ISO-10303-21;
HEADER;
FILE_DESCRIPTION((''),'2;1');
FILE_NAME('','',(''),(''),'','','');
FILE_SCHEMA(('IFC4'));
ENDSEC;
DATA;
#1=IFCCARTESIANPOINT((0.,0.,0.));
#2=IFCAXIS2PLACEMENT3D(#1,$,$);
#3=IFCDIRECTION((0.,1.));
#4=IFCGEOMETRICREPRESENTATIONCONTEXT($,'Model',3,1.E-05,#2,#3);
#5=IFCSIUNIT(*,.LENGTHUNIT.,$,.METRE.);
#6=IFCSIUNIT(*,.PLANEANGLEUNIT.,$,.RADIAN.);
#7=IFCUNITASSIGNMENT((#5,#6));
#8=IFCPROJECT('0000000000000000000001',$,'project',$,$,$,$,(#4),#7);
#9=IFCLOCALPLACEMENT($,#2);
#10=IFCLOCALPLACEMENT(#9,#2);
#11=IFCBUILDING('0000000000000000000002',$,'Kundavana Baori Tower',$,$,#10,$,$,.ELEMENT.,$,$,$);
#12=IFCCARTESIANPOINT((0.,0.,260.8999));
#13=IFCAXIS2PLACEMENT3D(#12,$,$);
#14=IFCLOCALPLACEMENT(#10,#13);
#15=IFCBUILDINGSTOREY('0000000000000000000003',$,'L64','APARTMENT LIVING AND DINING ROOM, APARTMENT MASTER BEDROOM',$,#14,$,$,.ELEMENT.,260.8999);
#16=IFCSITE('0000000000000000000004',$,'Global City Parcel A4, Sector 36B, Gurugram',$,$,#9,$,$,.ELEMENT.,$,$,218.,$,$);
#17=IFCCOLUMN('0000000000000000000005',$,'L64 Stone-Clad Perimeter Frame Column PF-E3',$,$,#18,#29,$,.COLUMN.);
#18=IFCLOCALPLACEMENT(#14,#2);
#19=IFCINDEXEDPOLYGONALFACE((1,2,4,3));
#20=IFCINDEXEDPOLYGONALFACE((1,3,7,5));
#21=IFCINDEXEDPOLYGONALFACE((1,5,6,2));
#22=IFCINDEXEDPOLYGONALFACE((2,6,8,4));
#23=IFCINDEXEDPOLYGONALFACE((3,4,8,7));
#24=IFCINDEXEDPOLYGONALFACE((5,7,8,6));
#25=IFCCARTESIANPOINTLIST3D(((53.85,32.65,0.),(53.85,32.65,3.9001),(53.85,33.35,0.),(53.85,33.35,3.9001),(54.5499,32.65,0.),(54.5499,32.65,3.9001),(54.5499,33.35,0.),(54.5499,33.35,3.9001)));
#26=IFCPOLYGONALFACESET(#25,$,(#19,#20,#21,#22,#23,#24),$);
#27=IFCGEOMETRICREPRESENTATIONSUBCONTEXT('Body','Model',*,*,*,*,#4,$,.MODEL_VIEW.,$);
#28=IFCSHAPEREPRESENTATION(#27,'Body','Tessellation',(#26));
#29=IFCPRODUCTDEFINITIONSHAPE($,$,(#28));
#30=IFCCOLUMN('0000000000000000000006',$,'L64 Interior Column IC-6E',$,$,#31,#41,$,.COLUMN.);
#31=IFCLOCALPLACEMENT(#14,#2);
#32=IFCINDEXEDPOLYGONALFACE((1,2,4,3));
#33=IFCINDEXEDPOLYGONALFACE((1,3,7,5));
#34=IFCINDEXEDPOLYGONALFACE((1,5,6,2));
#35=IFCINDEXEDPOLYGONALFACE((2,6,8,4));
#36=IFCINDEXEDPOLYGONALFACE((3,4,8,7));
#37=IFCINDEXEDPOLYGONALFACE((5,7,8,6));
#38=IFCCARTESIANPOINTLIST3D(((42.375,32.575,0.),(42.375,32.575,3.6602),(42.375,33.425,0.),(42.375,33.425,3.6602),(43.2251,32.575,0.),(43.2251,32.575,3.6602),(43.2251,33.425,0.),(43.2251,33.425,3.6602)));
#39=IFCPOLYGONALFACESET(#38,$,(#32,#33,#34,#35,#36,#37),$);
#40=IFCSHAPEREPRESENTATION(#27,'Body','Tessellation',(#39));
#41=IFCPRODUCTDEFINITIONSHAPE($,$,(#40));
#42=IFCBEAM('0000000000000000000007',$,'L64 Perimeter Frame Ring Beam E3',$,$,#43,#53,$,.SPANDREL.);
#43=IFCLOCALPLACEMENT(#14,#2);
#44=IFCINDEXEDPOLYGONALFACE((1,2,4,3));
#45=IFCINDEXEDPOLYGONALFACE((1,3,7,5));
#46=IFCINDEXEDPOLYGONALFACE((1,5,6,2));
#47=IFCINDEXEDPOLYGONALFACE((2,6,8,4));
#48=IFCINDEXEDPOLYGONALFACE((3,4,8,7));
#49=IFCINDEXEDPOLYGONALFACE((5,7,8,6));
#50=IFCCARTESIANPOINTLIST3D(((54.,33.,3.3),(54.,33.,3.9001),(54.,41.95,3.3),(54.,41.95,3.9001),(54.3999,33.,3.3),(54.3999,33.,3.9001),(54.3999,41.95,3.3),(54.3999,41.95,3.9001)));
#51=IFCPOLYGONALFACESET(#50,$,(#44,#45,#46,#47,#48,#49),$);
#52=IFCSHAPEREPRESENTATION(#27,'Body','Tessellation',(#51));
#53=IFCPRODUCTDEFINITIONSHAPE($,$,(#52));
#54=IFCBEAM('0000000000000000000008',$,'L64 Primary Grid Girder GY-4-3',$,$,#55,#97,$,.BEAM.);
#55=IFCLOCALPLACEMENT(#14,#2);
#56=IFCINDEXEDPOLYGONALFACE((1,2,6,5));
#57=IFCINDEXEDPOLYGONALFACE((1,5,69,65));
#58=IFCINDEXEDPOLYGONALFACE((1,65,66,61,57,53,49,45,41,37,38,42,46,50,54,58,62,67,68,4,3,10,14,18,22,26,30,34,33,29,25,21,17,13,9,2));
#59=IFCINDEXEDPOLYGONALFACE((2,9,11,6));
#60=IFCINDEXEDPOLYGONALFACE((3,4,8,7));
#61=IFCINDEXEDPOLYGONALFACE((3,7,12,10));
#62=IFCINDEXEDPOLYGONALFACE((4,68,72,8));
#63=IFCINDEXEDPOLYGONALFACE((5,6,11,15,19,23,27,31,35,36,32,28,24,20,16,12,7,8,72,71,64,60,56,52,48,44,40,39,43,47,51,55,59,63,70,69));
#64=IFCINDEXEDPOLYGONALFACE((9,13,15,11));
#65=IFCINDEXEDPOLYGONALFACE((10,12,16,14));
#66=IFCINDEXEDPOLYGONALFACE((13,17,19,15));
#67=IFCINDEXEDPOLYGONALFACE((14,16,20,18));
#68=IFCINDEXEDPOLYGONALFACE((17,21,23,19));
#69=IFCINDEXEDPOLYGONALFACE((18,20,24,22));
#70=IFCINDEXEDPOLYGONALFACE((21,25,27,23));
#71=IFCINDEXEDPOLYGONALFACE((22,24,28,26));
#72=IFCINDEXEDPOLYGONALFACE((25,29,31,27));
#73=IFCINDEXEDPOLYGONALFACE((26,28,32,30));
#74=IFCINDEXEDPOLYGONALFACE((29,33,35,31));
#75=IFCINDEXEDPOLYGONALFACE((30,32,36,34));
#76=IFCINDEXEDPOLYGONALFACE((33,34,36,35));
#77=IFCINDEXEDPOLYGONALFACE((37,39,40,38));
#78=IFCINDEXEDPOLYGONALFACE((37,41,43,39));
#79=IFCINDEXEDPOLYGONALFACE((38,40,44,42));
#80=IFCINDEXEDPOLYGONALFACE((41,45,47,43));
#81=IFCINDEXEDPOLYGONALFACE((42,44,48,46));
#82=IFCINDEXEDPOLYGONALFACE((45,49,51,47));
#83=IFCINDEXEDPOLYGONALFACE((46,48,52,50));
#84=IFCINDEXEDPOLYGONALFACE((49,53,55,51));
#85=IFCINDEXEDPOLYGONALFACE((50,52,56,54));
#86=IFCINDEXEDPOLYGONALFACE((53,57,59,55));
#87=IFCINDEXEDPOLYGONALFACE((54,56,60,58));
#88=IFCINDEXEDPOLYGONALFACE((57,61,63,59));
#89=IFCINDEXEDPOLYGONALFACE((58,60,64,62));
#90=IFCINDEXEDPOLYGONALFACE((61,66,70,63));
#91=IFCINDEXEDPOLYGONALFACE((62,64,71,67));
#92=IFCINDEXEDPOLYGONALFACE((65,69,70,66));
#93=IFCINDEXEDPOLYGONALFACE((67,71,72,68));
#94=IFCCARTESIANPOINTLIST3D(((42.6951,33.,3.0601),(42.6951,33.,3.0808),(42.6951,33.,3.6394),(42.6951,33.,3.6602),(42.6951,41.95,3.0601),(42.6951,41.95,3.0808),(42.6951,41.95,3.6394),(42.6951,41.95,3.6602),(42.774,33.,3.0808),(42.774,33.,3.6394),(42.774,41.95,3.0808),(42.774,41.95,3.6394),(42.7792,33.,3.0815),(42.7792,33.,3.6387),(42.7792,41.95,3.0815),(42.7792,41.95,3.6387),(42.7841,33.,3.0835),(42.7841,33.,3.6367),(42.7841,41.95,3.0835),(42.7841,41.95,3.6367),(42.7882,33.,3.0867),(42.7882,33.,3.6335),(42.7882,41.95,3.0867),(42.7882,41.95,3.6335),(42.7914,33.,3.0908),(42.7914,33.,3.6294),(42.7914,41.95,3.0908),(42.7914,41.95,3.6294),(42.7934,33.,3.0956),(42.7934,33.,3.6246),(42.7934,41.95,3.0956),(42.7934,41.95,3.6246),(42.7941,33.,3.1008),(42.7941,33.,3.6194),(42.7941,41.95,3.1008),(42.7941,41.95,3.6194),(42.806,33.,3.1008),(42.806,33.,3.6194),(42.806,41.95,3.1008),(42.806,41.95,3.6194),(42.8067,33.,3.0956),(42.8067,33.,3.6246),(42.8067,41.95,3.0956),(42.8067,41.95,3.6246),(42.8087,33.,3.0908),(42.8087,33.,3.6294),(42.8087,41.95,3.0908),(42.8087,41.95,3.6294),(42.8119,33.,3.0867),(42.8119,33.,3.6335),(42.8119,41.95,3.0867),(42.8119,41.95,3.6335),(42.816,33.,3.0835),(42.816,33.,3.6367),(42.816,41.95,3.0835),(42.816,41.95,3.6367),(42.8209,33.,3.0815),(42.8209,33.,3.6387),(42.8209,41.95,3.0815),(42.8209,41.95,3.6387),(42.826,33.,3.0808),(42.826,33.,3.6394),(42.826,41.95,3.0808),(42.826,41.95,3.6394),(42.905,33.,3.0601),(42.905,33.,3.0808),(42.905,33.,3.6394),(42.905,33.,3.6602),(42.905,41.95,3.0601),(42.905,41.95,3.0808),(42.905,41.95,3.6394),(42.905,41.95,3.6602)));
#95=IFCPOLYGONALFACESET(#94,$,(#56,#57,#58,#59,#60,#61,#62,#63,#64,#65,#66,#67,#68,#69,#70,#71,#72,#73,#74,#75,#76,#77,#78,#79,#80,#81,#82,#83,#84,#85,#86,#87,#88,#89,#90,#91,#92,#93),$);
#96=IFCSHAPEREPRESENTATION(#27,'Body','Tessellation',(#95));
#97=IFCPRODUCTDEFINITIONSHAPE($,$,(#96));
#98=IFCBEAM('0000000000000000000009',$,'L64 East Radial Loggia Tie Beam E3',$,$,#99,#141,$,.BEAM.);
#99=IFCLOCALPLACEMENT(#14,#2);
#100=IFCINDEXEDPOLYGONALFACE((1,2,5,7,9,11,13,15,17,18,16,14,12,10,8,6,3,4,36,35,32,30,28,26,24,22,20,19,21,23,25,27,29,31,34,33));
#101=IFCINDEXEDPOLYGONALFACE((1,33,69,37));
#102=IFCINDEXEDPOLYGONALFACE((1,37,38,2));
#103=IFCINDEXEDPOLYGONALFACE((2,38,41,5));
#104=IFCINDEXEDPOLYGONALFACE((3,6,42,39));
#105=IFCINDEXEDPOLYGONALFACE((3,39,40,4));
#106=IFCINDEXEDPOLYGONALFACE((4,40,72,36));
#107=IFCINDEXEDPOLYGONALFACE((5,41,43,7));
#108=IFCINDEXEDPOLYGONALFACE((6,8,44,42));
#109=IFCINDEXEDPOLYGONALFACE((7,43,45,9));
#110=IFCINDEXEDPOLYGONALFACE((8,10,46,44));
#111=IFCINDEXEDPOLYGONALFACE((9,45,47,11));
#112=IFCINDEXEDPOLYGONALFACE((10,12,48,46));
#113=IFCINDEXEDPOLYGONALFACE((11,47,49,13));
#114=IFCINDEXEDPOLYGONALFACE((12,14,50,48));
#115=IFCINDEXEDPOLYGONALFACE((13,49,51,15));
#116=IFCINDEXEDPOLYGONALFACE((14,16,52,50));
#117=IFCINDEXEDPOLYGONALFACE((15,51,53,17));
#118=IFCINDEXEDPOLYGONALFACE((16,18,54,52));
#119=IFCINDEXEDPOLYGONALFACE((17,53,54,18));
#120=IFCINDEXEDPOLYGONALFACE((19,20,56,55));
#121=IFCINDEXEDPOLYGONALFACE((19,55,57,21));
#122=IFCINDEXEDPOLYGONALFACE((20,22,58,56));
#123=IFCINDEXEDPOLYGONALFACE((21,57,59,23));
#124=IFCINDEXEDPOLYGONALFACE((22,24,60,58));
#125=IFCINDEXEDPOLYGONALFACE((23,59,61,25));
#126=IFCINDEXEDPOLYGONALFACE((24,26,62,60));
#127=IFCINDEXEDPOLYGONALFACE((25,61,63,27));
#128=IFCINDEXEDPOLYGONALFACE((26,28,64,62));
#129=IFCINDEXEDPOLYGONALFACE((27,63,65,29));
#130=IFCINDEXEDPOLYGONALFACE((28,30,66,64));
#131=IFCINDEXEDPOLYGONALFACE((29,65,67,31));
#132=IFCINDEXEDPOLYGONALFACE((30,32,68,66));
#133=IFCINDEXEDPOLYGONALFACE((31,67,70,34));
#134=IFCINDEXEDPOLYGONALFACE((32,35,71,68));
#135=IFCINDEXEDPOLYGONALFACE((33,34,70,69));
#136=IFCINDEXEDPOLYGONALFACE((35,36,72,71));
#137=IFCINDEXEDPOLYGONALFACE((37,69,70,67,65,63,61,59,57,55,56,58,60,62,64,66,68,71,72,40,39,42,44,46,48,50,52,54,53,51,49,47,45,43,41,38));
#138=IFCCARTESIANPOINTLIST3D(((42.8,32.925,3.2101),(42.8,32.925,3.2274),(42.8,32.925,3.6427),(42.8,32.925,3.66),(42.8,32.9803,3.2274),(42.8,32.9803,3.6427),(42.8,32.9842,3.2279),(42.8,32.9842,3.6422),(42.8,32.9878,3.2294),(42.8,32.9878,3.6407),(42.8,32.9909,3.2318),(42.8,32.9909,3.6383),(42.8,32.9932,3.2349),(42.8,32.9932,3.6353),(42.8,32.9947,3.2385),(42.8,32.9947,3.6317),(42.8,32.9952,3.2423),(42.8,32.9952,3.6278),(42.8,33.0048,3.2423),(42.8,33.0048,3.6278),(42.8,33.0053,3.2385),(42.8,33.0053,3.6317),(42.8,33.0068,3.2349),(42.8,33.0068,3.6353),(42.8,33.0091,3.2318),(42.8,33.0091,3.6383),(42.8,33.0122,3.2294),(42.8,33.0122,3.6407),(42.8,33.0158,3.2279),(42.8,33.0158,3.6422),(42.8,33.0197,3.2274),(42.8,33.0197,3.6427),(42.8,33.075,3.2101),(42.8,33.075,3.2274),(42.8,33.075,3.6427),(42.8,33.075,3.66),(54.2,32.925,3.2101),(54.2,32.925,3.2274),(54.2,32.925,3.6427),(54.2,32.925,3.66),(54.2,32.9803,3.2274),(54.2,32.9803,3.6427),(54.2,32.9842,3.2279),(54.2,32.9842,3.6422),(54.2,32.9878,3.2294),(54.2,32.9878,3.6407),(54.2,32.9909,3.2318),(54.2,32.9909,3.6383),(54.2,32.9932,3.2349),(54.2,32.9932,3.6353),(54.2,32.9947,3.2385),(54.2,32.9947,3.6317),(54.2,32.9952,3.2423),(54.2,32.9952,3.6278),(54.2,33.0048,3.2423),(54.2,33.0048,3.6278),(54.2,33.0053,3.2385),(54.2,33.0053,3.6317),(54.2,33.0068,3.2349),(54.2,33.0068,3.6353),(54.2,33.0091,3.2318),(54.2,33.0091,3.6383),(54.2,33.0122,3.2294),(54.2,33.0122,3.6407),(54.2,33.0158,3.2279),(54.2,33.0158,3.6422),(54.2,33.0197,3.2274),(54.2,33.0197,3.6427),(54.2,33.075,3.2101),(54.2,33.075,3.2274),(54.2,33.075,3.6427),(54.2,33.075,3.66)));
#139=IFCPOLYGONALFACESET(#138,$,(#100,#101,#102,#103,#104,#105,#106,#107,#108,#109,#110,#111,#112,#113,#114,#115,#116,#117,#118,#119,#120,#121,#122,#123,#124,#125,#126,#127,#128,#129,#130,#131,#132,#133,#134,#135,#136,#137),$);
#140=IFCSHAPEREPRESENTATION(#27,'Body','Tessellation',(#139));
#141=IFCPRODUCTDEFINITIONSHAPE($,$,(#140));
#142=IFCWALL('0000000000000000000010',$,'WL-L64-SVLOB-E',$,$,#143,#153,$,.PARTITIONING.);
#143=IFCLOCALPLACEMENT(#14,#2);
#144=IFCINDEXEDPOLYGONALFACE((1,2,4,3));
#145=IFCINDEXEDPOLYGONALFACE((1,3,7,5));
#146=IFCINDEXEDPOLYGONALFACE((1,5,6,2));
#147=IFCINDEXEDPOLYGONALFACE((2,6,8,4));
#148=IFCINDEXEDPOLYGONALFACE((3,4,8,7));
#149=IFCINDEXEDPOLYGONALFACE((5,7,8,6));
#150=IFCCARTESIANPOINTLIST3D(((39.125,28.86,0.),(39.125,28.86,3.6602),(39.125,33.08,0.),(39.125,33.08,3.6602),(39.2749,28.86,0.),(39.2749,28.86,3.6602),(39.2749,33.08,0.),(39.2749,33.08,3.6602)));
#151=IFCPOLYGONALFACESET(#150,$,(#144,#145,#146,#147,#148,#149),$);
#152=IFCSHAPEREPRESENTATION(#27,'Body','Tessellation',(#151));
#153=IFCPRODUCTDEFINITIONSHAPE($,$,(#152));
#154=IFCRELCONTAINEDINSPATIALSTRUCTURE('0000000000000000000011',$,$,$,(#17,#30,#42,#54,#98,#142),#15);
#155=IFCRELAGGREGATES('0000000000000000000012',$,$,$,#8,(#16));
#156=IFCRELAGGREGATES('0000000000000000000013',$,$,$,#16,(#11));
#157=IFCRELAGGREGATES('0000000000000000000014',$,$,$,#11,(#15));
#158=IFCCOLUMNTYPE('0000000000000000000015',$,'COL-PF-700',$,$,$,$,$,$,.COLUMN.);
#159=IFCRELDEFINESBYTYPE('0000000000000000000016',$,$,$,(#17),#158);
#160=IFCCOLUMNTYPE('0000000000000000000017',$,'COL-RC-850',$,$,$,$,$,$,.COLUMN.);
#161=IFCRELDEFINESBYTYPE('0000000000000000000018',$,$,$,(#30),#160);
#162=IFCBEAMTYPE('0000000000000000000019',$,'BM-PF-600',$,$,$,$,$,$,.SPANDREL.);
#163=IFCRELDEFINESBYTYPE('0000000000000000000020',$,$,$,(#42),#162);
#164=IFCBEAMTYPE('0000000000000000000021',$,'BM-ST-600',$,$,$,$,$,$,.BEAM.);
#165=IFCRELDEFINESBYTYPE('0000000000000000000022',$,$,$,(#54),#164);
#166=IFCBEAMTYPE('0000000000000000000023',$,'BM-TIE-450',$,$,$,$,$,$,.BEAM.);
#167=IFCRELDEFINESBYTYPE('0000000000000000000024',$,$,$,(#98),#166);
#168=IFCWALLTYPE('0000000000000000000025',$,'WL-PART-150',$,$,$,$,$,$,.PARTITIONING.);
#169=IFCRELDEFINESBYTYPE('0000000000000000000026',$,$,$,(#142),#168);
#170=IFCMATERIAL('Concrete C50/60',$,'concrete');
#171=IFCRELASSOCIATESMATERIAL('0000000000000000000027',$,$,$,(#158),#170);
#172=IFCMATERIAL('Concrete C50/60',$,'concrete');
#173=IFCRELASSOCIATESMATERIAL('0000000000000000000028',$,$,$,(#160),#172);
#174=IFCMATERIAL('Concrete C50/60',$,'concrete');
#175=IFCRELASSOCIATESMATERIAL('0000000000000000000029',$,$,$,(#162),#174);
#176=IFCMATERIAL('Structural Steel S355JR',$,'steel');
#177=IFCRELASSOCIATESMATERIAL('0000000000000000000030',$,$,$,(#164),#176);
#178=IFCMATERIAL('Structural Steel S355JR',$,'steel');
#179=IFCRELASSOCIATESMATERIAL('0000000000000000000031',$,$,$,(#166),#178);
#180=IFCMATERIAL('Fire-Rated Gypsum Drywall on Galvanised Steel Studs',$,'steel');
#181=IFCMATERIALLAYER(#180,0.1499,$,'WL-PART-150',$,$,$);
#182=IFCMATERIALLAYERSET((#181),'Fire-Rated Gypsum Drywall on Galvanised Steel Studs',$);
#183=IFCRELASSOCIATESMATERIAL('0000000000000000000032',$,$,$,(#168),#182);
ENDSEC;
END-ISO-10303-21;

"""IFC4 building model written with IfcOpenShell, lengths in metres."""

from ifc_helpers import new_model, si_unit, direction, frame, frame_2d, origin, origin_2d, place, context, subcontext, project, spatial, rectangle, i_section, extrude, material, layer, layer_set, material_profile, profile_set, type_object, element, save


model = new_model("IFC4")

# Units and contexts
model_context = context("Model", 3, precision=1e-05, world=origin(), true_north=direction((0.0, 1.0)))
body_context = subcontext(model_context, "Body", "Model", "MODEL_VIEW")
ifc_project = project(units=[si_unit("LENGTHUNIT", "METRE"), si_unit("PLANEANGLEUNIT", "RADIAN")], contexts=[model_context])

# Site, building, storey
site_placement = place(None, origin())
site = spatial("IfcSite", under=ifc_project, at=site_placement, Name="Global City Parcel A4, Sector 36B, Gurugram", CompositionType="ELEMENT", RefElevation=218.0)
building_placement = place(site_placement, origin())
building = spatial("IfcBuilding", under=site, at=building_placement, Name="Kundavana Baori Tower", CompositionType="ELEMENT")
storey_placement = place(building_placement, frame((0.0, 0.0, 260.8999)))
storey = spatial("IfcBuildingStorey", under=building, at=storey_placement, Name="L64", Description="APARTMENT LIVING AND DINING ROOM, APARTMENT MASTER BEDROOM", CompositionType="ELEMENT", Elevation=260.8999)

# Columns
ifc_material_1 = material(Name="Concrete C50/60", Category="concrete")
ifc_material_profile_1 = material_profile(ifc_material_1, rectangle(XDim=0.7, YDim=0.7, at=origin_2d()), Name="RC PF 700x700")
ifc_profile_set_1 = profile_set([ifc_material_profile_1], Name="Concrete C50/60")
column_type_1 = type_object("IfcColumnType", Name="COL-PF-700", PredefinedType="COLUMN", material=ifc_profile_set_1)
column_1_placement = place(storey_placement, frame((54.2, 33.0, 0.0), z_axis=(0.0, 0.0, 1.0), x_axis=(1.0, 0.0, 0.0)))
element("IfcColumn", 1, at=column_1_placement, inside=storey, type_object=column_type_1, Name="L64 Stone-Clad Perimeter Frame Column PF-E3", PredefinedType="COLUMN", context=body_context, shape_type="SweptSolid", body=[
    extrude(rectangle(XDim=0.7, YDim=0.7, at=origin_2d()), origin(), (0.0, 0.0, 1.0), 3.9001),
])
ifc_material_2 = material(Name="Concrete C50/60", Category="concrete")
ifc_material_profile_2 = material_profile(ifc_material_2, rectangle(XDim=0.8501, YDim=0.8501, at=origin_2d()), Name="RC 850x850")
ifc_profile_set_2 = profile_set([ifc_material_profile_2], Name="Concrete C50/60")
column_type_2 = type_object("IfcColumnType", Name="COL-RC-850", PredefinedType="COLUMN", material=ifc_profile_set_2)
column_2_placement = place(storey_placement, frame((42.8, 33.0, 0.0), z_axis=(0.0, 0.0, 1.0), x_axis=(1.0, 0.0, 0.0)))
element("IfcColumn", 2, at=column_2_placement, inside=storey, type_object=column_type_2, Name="L64 Interior Column IC-6E", PredefinedType="COLUMN", context=body_context, shape_type="SweptSolid", body=[
    extrude(rectangle(XDim=0.8501, YDim=0.8501, at=origin_2d()), origin(), (0.0, 0.0, 1.0), 3.6602),
])

# Beams
ifc_material_3 = material(Name="Concrete C50/60", Category="concrete")
ifc_material_profile_3 = material_profile(ifc_material_3, rectangle(XDim=0.3999, YDim=0.6001, at=origin_2d()), Name="RC BM 400x600")
ifc_profile_set_3 = profile_set([ifc_material_profile_3], Name="Concrete C50/60")
beam_type_1 = type_object("IfcBeamType", Name="BM-PF-600", PredefinedType="SPANDREL", material=ifc_profile_set_3)
beam_1_placement = place(storey_placement, frame((54.2, 33.0, 3.6001), z_axis=(0.0, 1.0, 0.0), x_axis=(-1.0, 0.0, 0.0)))
element("IfcBeam", 3, at=beam_1_placement, inside=storey, type_object=beam_type_1, Name="L64 Perimeter Frame Ring Beam E3", PredefinedType="SPANDREL", context=body_context, shape_type="SweptSolid", body=[
    extrude(rectangle(XDim=0.3999, YDim=0.6001, at=origin_2d()), origin(), (0.0, 0.0, 1.0), 8.95),
])
ifc_material_4 = material(Name="Structural Steel S355JR", Category="steel")
ifc_material_profile_4 = material_profile(ifc_material_4, i_section(OverallWidth=0.21, OverallDepth=0.6001, WebThickness=0.012, FlangeThickness=0.0208, FilletRadius=0.02, at=origin_2d()), Name="ISMB 600")
ifc_profile_set_4 = profile_set([ifc_material_profile_4], Name="Structural Steel S355JR")
beam_type_2 = type_object("IfcBeamType", Name="BM-ST-600", PredefinedType="BEAM", material=ifc_profile_set_4)
beam_2_placement = place(storey_placement, frame((42.8, 33.0, 3.3601), z_axis=(0.0, 1.0, 0.0), x_axis=(-1.0, 0.0, 0.0)))
element("IfcBeam", 4, at=beam_2_placement, inside=storey, type_object=beam_type_2, Name="L64 Primary Grid Girder GY-4-3", PredefinedType="BEAM", context=body_context, shape_type="SweptSolid", body=[
    extrude(i_section(OverallWidth=0.21, OverallDepth=0.6001, WebThickness=0.012, FlangeThickness=0.0208, FilletRadius=0.02, at=origin_2d()), origin(), (0.0, 0.0, 1.0), 8.95),
])
ifc_material_5 = material(Name="Structural Steel S355JR", Category="steel")
ifc_material_profile_5 = material_profile(ifc_material_5, i_section(OverallWidth=0.1499, OverallDepth=0.45, WebThickness=0.0095, FlangeThickness=0.0173, FilletRadius=0.0149, at=origin_2d()), Name="ISMB 450")
ifc_profile_set_5 = profile_set([ifc_material_profile_5], Name="Structural Steel S355JR")
beam_type_3 = type_object("IfcBeamType", Name="BM-TIE-450", PredefinedType="BEAM", material=ifc_profile_set_5)
beam_3_placement = place(storey_placement, frame((42.8, 33.0, 3.4351), z_axis=(1.0, 0.0, 0.0), x_axis=(0.0, 1.0, 0.0)))
element("IfcBeam", 5, at=beam_3_placement, inside=storey, type_object=beam_type_3, Name="L64 East Radial Loggia Tie Beam E3", PredefinedType="BEAM", context=body_context, shape_type="SweptSolid", body=[
    extrude(i_section(OverallWidth=0.1499, OverallDepth=0.45, WebThickness=0.0095, FlangeThickness=0.0173, FilletRadius=0.0149, at=origin_2d()), origin(), (0.0, 0.0, 1.0), 11.3999),
])

# Wall
ifc_material_6 = material(Name="Fire-Rated Gypsum Drywall on Galvanised Steel Studs", Category="steel")
ifc_layer_1 = layer(ifc_material_6, 0.1499, Name="WL-PART-150")
ifc_layer_set_1 = layer_set([ifc_layer_1], Name="Fire-Rated Gypsum Drywall on Galvanised Steel Studs")
wall_type_1 = type_object("IfcWallType", Name="WL-PART-150", PredefinedType="PARTITIONING", material=ifc_layer_set_1)
wall_1_placement = place(storey_placement, frame((39.2, 28.8601, 0.0), z_axis=(0.0, 0.0, 1.0), x_axis=(0.0, 1.0, 0.0)))
element("IfcWall", 6, at=wall_1_placement, inside=storey, type_object=wall_type_1, Name="WL-L64-SVLOB-E", PredefinedType="PARTITIONING", context=body_context, shape_type="SweptSolid", body=[
    extrude(rectangle(XDim=4.22, YDim=0.1499, at=frame_2d((2.1099, 0.0))), origin(), (0.0, 0.0, 1.0), 3.6602),
])

save(model, "model.ifc")
